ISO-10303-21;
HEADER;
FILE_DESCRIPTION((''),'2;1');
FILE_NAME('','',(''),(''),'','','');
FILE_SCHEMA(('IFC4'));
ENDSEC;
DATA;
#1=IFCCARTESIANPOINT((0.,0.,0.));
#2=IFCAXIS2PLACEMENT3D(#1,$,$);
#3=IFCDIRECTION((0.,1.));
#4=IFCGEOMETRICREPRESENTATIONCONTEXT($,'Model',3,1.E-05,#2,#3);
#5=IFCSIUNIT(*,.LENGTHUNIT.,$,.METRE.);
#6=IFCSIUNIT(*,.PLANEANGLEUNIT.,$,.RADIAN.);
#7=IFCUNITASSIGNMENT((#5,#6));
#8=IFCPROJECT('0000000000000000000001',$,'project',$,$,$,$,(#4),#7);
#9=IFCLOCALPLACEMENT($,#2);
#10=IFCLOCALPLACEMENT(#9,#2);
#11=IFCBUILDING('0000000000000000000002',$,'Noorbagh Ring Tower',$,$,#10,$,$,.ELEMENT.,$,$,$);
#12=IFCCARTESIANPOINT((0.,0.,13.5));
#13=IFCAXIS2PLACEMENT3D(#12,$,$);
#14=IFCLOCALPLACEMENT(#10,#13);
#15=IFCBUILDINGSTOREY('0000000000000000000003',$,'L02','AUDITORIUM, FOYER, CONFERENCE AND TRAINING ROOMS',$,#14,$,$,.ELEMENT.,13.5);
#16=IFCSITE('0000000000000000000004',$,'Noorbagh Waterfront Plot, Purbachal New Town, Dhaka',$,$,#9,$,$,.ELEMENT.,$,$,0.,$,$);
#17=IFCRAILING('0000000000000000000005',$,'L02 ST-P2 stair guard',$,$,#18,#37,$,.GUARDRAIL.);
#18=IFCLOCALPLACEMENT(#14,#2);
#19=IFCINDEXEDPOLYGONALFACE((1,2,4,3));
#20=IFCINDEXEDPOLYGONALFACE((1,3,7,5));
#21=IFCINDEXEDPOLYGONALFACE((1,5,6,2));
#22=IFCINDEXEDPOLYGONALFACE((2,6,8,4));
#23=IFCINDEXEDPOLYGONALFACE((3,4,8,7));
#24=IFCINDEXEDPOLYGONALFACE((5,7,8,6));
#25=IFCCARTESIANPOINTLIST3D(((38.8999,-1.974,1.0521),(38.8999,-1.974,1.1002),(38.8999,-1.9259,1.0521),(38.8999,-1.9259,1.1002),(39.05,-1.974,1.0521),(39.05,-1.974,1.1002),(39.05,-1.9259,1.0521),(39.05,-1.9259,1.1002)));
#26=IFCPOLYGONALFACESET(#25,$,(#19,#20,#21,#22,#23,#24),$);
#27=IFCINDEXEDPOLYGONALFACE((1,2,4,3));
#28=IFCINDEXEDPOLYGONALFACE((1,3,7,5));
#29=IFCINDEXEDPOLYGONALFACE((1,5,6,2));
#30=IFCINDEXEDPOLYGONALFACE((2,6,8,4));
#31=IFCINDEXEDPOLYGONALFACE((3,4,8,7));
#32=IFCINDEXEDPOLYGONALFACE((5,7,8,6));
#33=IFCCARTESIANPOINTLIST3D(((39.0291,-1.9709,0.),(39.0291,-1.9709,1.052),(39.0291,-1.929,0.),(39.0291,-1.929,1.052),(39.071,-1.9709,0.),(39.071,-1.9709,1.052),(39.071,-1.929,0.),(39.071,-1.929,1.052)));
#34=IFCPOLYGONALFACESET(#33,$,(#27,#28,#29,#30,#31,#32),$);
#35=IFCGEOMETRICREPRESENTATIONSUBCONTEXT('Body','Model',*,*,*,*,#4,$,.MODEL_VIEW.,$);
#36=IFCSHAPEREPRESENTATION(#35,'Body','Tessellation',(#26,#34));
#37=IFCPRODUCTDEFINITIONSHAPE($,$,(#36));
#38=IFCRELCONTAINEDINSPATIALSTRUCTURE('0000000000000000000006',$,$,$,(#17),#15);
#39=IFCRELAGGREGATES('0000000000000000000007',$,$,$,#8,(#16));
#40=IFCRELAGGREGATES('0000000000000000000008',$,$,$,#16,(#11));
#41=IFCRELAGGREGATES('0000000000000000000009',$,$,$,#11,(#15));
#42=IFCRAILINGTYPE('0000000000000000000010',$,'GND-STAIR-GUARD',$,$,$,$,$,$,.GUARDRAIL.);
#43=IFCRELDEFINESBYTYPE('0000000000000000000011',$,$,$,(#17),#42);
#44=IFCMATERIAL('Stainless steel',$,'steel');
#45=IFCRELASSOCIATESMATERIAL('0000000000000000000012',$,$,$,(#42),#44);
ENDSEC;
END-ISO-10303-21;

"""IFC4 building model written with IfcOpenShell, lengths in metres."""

from ifc_helpers import new_model, si_unit, direction, frame, origin, origin_2d, place, context, subcontext, project, spatial, rectangle, extrude, material, type_object, element, save


model = new_model("IFC4")

# Units and contexts
model_context = context("Model", 3, precision=1e-05, world=origin(), true_north=direction((0.0, 1.0)))
body_context = subcontext(model_context, "Body", "Model", "MODEL_VIEW")
ifc_project = project(units=[si_unit("LENGTHUNIT", "METRE"), si_unit("PLANEANGLEUNIT", "RADIAN")], contexts=[model_context])

# Site, building, storey
site_placement = place(None, origin())
site = spatial("IfcSite", under=ifc_project, at=site_placement, Name="Noorbagh Waterfront Plot, Purbachal New Town, Dhaka", CompositionType="ELEMENT", RefElevation=0.0)
building_placement = place(site_placement, origin())
building = spatial("IfcBuilding", under=site, at=building_placement, Name="Noorbagh Ring Tower", CompositionType="ELEMENT")
storey_placement = place(building_placement, frame((0.0, 0.0, 13.5)))
storey = spatial("IfcBuildingStorey", under=building, at=storey_placement, Name="L02", Description="AUDITORIUM, FOYER, CONFERENCE AND TRAINING ROOMS", CompositionType="ELEMENT", Elevation=13.5)

# Railing
ifc_material_1 = material(Name="Stainless steel", Category="steel")
railing_type = type_object("IfcRailingType", Name="GND-STAIR-GUARD", PredefinedType="GUARDRAIL", material=ifc_material_1)
railing_1_placement = place(storey_placement, frame((39.05, -1.95, 0.0)))
element("IfcRailing", 1, at=railing_1_placement, inside=storey, type_object=railing_type, Name="L02 ST-P2 stair guard", PredefinedType="GUARDRAIL", context=body_context, shape_type="SweptSolid", body=[
    extrude(rectangle(XDim=0.0481, YDim=0.0481, at=origin_2d()), frame((0.0, 0.0, 1.0762), z_axis=(-1.0, 0.0, 0.0), x_axis=(0.0, -1.0, 0.0)), (0.0, 0.0, 1.0), 0.1501),
    extrude(rectangle(XDim=0.042, YDim=0.042, at=origin_2d()), origin(), (0.0, 0.0, 1.0), 1.052),
])

save(model, "model.ifc")
